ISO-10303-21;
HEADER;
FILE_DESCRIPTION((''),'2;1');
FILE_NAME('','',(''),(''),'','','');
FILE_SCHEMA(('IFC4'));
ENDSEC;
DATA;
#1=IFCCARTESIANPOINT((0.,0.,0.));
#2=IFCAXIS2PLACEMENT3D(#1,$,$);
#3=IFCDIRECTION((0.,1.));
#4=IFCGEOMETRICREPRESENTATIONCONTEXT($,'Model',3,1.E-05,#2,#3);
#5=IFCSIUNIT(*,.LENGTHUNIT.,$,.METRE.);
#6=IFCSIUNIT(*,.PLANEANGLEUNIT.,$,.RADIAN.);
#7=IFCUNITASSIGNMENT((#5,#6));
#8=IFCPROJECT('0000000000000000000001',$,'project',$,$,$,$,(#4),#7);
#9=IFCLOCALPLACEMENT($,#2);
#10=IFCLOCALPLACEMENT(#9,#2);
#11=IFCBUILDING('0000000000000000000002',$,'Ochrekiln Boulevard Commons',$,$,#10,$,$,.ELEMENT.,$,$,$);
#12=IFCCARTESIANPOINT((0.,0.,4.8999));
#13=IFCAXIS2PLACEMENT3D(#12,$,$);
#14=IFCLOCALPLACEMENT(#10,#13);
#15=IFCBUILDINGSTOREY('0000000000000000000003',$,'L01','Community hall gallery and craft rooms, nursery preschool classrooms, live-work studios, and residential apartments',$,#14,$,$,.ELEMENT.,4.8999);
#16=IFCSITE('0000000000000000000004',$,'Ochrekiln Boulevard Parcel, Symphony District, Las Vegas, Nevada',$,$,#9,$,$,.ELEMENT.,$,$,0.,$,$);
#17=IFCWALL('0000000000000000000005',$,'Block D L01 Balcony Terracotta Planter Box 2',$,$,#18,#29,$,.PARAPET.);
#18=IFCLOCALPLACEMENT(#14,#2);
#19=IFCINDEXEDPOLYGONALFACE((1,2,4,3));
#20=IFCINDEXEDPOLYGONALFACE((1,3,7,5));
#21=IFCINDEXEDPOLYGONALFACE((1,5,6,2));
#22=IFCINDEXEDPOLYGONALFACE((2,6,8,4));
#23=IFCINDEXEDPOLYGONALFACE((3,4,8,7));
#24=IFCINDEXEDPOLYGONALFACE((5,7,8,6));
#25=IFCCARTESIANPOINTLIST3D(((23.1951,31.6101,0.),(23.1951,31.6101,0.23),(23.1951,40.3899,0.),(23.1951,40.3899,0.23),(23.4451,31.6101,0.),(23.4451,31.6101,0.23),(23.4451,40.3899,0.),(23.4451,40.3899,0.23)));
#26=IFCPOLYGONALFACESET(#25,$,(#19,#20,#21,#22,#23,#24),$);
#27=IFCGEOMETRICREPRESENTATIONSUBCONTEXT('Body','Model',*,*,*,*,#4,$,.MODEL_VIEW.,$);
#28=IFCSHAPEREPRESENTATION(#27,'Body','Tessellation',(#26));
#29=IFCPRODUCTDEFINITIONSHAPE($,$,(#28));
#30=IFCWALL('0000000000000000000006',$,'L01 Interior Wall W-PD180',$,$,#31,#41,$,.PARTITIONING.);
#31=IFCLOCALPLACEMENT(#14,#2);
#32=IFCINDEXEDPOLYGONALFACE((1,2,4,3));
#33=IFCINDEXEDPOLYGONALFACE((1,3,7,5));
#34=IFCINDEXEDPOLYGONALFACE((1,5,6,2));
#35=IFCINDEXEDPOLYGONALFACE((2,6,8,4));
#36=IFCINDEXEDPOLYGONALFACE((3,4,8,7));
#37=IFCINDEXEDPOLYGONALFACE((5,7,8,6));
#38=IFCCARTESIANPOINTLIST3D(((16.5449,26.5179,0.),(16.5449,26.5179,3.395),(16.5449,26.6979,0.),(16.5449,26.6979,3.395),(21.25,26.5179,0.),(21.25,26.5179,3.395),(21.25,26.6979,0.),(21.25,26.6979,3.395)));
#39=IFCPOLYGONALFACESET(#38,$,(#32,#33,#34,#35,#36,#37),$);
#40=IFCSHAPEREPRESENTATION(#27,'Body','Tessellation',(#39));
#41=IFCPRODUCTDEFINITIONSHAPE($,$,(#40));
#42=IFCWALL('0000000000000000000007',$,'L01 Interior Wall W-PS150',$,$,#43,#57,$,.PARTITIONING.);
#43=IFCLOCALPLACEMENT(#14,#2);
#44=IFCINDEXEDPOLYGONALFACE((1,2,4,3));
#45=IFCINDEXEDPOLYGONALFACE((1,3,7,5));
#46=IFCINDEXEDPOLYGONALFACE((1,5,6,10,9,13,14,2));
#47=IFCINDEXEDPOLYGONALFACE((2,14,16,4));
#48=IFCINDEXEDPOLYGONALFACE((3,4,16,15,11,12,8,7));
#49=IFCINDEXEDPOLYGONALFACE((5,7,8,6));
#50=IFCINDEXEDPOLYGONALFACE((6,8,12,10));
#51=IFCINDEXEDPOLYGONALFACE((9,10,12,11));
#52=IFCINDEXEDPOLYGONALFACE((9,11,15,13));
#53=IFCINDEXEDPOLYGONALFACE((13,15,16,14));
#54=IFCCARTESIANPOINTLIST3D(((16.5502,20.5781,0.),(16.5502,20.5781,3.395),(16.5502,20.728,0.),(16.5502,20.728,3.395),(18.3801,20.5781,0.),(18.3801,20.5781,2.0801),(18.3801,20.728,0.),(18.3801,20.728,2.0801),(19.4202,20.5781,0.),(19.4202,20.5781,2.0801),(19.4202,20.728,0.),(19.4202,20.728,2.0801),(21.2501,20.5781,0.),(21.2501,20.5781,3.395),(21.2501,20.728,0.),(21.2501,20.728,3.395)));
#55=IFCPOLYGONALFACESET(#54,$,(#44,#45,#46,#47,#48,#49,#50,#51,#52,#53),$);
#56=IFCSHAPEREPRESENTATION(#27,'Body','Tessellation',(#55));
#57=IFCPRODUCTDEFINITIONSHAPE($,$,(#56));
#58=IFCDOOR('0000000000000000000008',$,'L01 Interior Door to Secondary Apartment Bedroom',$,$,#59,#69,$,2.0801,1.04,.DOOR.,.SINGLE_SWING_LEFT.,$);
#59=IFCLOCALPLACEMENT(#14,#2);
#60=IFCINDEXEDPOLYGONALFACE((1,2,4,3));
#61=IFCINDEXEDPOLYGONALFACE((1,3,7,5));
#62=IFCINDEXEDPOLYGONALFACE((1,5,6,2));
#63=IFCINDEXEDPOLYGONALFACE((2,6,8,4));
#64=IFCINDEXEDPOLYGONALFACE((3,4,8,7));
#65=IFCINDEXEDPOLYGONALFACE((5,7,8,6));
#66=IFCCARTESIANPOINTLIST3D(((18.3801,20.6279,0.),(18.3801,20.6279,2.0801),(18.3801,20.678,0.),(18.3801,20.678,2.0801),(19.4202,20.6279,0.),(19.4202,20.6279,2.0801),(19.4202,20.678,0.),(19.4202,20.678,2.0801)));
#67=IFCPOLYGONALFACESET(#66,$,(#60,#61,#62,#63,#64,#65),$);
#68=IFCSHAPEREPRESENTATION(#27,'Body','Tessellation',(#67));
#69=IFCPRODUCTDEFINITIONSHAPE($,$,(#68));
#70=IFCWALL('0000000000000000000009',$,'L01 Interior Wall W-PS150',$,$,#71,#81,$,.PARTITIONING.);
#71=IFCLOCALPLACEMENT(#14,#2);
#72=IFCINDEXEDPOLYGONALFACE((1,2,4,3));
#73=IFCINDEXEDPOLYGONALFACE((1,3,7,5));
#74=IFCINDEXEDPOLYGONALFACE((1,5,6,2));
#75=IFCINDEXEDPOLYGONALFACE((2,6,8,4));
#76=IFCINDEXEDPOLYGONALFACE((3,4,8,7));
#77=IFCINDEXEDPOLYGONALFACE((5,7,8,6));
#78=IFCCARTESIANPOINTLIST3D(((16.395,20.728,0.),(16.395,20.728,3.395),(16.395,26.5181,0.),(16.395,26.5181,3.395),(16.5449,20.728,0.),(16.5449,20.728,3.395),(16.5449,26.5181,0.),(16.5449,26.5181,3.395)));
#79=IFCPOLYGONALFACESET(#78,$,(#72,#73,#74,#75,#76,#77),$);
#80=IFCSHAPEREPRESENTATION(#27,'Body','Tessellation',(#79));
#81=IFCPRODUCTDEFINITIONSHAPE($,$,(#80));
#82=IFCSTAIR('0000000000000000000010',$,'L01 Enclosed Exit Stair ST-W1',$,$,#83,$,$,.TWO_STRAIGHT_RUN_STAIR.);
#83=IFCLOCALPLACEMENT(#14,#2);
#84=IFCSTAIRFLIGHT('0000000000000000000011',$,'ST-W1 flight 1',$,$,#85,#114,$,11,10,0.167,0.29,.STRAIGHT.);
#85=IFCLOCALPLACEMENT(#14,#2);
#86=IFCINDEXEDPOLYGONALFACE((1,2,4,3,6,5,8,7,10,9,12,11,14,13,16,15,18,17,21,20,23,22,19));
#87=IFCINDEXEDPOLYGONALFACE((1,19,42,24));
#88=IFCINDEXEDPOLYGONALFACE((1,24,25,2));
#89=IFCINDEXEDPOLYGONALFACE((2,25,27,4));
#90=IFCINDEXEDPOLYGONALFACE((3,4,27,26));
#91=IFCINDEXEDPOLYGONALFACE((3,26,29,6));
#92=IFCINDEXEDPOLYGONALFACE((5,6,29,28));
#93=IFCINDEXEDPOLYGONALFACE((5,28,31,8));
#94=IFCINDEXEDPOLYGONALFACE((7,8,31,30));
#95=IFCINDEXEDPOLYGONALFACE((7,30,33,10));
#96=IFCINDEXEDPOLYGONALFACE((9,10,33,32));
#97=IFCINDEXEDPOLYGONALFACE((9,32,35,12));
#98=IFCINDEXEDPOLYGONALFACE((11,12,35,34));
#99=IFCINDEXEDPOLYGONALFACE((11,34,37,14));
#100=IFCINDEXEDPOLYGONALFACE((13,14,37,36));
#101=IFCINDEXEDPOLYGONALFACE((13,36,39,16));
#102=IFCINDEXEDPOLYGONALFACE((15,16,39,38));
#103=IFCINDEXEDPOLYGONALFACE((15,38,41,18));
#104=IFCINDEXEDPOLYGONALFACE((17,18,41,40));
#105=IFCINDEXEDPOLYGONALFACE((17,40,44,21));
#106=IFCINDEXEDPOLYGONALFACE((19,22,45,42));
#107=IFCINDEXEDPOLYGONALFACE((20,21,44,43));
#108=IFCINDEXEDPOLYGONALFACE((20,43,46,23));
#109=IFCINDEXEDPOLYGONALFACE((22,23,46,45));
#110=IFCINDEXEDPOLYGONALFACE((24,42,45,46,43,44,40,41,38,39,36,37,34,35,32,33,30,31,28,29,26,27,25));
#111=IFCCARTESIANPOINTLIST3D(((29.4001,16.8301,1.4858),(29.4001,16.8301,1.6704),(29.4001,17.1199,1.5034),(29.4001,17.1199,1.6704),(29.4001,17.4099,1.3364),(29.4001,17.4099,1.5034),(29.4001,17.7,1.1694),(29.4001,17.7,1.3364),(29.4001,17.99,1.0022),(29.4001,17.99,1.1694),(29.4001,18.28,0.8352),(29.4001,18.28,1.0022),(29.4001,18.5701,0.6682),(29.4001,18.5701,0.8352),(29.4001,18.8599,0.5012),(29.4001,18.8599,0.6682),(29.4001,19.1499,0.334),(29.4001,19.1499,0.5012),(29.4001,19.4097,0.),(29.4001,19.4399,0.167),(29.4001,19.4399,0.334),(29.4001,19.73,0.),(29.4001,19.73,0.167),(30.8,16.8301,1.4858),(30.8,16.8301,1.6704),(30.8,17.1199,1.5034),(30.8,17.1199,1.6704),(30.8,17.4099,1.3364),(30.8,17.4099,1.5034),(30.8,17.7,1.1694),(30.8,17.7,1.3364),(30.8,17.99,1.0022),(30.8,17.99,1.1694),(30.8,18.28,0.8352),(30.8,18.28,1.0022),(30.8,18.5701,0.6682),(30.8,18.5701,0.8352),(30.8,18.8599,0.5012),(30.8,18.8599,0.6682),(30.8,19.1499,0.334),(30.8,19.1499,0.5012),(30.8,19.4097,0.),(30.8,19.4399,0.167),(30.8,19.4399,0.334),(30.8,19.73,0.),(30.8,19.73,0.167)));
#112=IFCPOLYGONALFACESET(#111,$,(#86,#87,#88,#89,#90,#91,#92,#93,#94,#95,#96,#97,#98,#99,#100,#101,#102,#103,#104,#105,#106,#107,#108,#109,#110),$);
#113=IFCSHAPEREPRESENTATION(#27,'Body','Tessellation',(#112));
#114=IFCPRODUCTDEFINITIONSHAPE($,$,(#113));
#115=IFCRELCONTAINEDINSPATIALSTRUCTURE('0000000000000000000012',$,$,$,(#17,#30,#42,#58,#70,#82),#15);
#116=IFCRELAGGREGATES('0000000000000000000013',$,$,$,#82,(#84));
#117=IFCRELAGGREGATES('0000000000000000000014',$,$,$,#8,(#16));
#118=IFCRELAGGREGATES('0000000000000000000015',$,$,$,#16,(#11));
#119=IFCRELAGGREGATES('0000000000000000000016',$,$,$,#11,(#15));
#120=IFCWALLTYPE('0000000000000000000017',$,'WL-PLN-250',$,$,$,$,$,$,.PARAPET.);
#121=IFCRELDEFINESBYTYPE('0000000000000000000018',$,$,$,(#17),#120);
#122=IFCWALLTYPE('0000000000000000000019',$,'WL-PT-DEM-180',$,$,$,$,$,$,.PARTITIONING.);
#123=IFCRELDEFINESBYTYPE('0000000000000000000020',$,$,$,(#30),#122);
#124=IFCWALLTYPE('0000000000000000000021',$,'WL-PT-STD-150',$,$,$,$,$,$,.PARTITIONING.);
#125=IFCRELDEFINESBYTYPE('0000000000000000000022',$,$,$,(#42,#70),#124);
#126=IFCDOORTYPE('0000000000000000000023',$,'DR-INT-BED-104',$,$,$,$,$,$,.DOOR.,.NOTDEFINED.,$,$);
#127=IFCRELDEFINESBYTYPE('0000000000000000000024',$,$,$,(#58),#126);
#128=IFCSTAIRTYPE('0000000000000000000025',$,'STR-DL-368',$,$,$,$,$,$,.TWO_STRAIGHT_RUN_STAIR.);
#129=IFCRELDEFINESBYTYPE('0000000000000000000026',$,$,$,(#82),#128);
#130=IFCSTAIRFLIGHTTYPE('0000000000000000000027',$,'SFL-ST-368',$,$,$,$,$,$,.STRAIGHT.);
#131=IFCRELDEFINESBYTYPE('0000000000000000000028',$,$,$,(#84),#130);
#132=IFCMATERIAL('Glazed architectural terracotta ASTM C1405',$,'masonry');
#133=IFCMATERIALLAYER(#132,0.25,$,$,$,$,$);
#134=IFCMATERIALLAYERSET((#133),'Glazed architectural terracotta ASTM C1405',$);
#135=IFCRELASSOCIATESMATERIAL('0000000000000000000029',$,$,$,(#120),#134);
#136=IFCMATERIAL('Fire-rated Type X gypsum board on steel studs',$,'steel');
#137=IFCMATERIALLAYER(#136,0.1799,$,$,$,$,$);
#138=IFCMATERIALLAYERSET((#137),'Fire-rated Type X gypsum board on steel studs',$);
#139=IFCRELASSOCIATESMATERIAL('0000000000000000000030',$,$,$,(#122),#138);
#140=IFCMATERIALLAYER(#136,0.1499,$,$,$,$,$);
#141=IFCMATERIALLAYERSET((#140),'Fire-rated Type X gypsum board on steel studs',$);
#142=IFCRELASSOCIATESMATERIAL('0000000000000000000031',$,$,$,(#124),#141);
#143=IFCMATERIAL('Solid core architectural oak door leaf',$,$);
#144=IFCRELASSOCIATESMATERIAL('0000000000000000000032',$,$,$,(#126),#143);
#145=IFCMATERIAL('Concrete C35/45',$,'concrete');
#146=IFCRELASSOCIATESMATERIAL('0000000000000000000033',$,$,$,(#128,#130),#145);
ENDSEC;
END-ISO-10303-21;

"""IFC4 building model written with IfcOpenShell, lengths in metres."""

from ifc_helpers import new_model, si_unit, direction, frame, frame_2d, origin, place, context, subcontext, project, spatial, polyline, rectangle, outline, extrude, material, layer, layer_set, type_object, element, fill, aggregate, save


model = new_model("IFC4")

# Units and contexts
model_context = context("Model", 3, precision=1e-05, world=origin(), true_north=direction((0.0, 1.0)))
body_context = subcontext(model_context, "Body", "Model", "MODEL_VIEW")
ifc_project = project(units=[si_unit("LENGTHUNIT", "METRE"), si_unit("PLANEANGLEUNIT", "RADIAN")], contexts=[model_context])

# Site, building, storey
site_placement = place(None, origin())
site = spatial("IfcSite", under=ifc_project, at=site_placement, Name="Ochrekiln Boulevard Parcel, Symphony District, Las Vegas, Nevada", CompositionType="ELEMENT", RefElevation=0.0)
building_placement = place(site_placement, origin())
building = spatial("IfcBuilding", under=site, at=building_placement, Name="Ochrekiln Boulevard Commons", CompositionType="ELEMENT")
storey_placement = place(building_placement, frame((0.0, 0.0, 4.8999)))
storey = spatial("IfcBuildingStorey", under=building, at=storey_placement, Name="L01", Description="Community hall gallery and craft rooms, nursery preschool classrooms, live-work studios, and residential apartments", CompositionType="ELEMENT", Elevation=4.8999)

# Shared definitions
ifc_material_1 = material(Name="Concrete C35/45", Category="concrete")

# Walls
ifc_material_2 = material(Name="Glazed architectural terracotta ASTM C1405", Category="masonry")
ifc_layer_1 = layer(ifc_material_2, 0.25)
ifc_layer_set_1 = layer_set([ifc_layer_1], Name="Glazed architectural terracotta ASTM C1405")
wall_type_1 = type_object("IfcWallType", Name="WL-PLN-250", PredefinedType="PARAPET", material=ifc_layer_set_1)
wall_1_placement = place(storey_placement, frame((23.3201, 31.6101, 0.0), z_axis=(0.0, 0.0, 1.0), x_axis=(0.0, 1.0, 0.0)))
element("IfcWall", 1, at=wall_1_placement, inside=storey, type_object=wall_type_1, Name="Block D L01 Balcony Terracotta Planter Box 2", PredefinedType="PARAPET", context=body_context, shape_type="SweptSolid", body=[
    extrude(rectangle(XDim=8.7798, YDim=0.25, at=frame_2d((4.3899, 0.0))), origin(), (0.0, 0.0, 1.0), 0.23),
])
ifc_material_3 = material(Name="Fire-rated Type X gypsum board on steel studs", Category="steel")
ifc_layer_2 = layer(ifc_material_3, 0.1799)
ifc_layer_set_2 = layer_set([ifc_layer_2], Name="Fire-rated Type X gypsum board on steel studs")
wall_type_2 = type_object("IfcWallType", Name="WL-PT-DEM-180", PredefinedType="PARTITIONING", material=ifc_layer_set_2)
wall_2_placement = place(storey_placement, frame((16.5449, 26.6079, 0.0), z_axis=(0.0, 0.0, 1.0), x_axis=(1.0, 0.0, 0.0)))
element("IfcWall", 2, at=wall_2_placement, inside=storey, type_object=wall_type_2, Name="L01 Interior Wall W-PD180", PredefinedType="PARTITIONING", context=body_context, shape_type="SweptSolid", body=[
    extrude(rectangle(XDim=4.7051, YDim=0.1799, at=frame_2d((2.3525, 0.0))), origin(), (0.0, 0.0, 1.0), 3.395),
])

# Wall, opening, door
ifc_layer_3 = layer(ifc_material_3, 0.1499)
ifc_layer_set_3 = layer_set([ifc_layer_3], Name="Fire-rated Type X gypsum board on steel studs")
wall_type_3 = type_object("IfcWallType", Name="WL-PT-STD-150", PredefinedType="PARTITIONING", material=ifc_layer_set_3)
wall_3_placement = place(storey_placement, frame((16.55, 20.6531, 0.0), z_axis=(0.0, 0.0, 1.0), x_axis=(1.0, 0.0, 0.0)))
wall_3 = element("IfcWall", 3, at=wall_3_placement, inside=storey, type_object=wall_type_3, Name="L01 Interior Wall W-PS150", PredefinedType="PARTITIONING", context=body_context, shape_type="SweptSolid", body=[
    extrude(rectangle(XDim=4.7, YDim=0.1499, at=frame_2d((2.3501, 0.0))), origin(), (0.0, 0.0, 1.0), 3.395),
])
opening_placement = place(wall_3_placement, frame((1.8301, 0.0, 0.0)))
opening = element("IfcOpeningElement", 4, at=opening_placement, cuts=wall_3, PredefinedType="OPENING", context=body_context, shape_type="SweptSolid", body=[
    extrude(rectangle(XDim=1.04, YDim=2.0801, at=frame_2d((0.52, 1.04))), frame((0.0, 0.085, 0.0), z_axis=(0.0, -1.0, 0.0), x_axis=(1.0, 0.0, 0.0)), (0.0, 0.0, 1.0), 0.1699),
])
ifc_material_4 = material(Name="Solid core architectural oak door leaf")
door_type = type_object("IfcDoorType", Name="DR-INT-BED-104", OperationType="NOTDEFINED", PredefinedType="DOOR", material=ifc_material_4)
door_placement = place(opening_placement, origin())
door = element("IfcDoor", 5, at=door_placement, inside=storey, type_object=door_type, Name="L01 Interior Door to Secondary Apartment Bedroom", OperationType="SINGLE_SWING_LEFT", OverallHeight=2.0801, OverallWidth=1.04, PredefinedType="DOOR", context=body_context, shape_type="SweptSolid", body=[
    extrude(rectangle(XDim=1.04, YDim=2.0801, at=frame_2d((0.52, 1.04))), frame((0.0, 0.0249, 0.0), z_axis=(0.0, -1.0, 0.0), x_axis=(1.0, 0.0, 0.0)), (0.0, 0.0, 1.0), 0.05),
])
fill(opening, door)

# Wall
wall_4_placement = place(storey_placement, frame((16.47, 20.728, 0.0), z_axis=(0.0, 0.0, 1.0), x_axis=(0.0, 1.0, 0.0)))
element("IfcWall", 6, at=wall_4_placement, inside=storey, type_object=wall_type_3, Name="L01 Interior Wall W-PS150", PredefinedType="PARTITIONING", context=body_context, shape_type="SweptSolid", body=[
    extrude(rectangle(XDim=5.79, YDim=0.1499, at=frame_2d((2.895, 0.0))), origin(), (0.0, 0.0, 1.0), 3.395),
])

# Stair, stair flight
stair_type = type_object("IfcStairType", Name="STR-DL-368", PredefinedType="TWO_STRAIGHT_RUN_STAIR", material=ifc_material_1)
stair_placement = place(storey_placement, origin())
stair = element("IfcStair", 7, at=stair_placement, inside=storey, type_object=stair_type, Name="L01 Enclosed Exit Stair ST-W1", PredefinedType="TWO_STRAIGHT_RUN_STAIR")
stair_flight_type = type_object("IfcStairFlightType", Name="SFL-ST-368", PredefinedType="STRAIGHT", material=ifc_material_1)
stair_flight_placement = place(storey_placement, frame((30.1001, 19.73, 0.0), z_axis=(0.0, 0.0, 1.0), x_axis=(0.0, -1.0, 0.0)))
stair_flight = element("IfcStairFlight", 8, at=stair_flight_placement, type_object=stair_flight_type, Name="ST-W1 flight 1", NumberOfRisers=11, NumberOfTreads=10, PredefinedType="STRAIGHT", RiserHeight=0.167, TreadLength=0.29, context=body_context, shape_type="SweptSolid", body=[
    extrude(outline(polyline([(0.0, 0.0), (0.0, 0.167), (0.29, 0.167), (0.29, 0.334), (0.5801, 0.334), (0.5801, 0.5012), (0.8701, 0.5012), (0.8701, 0.6682), (1.1599, 0.6682), (1.1599, 0.8352), (1.45, 0.8352), (1.45, 1.0022), (1.74, 1.0022), (1.74, 1.1694), (2.03, 1.1694), (2.03, 1.3364), (2.3201, 1.3364), (2.3201, 1.5034), (2.6101, 1.5034), (2.6101, 1.6704), (2.8999, 1.6704), (2.8999, 1.8374), (2.8999, 1.4858), (0.3203, 0.0), (0.0, 0.0)])), frame((0.0, 0.7, 0.0), z_axis=(0.0, -1.0, 0.0), x_axis=(1.0, 0.0, 0.0)), (0.0, 0.0, 1.0), 1.3999),
])
aggregate(stair, [stair_flight])

save(model, "model.ifc")
